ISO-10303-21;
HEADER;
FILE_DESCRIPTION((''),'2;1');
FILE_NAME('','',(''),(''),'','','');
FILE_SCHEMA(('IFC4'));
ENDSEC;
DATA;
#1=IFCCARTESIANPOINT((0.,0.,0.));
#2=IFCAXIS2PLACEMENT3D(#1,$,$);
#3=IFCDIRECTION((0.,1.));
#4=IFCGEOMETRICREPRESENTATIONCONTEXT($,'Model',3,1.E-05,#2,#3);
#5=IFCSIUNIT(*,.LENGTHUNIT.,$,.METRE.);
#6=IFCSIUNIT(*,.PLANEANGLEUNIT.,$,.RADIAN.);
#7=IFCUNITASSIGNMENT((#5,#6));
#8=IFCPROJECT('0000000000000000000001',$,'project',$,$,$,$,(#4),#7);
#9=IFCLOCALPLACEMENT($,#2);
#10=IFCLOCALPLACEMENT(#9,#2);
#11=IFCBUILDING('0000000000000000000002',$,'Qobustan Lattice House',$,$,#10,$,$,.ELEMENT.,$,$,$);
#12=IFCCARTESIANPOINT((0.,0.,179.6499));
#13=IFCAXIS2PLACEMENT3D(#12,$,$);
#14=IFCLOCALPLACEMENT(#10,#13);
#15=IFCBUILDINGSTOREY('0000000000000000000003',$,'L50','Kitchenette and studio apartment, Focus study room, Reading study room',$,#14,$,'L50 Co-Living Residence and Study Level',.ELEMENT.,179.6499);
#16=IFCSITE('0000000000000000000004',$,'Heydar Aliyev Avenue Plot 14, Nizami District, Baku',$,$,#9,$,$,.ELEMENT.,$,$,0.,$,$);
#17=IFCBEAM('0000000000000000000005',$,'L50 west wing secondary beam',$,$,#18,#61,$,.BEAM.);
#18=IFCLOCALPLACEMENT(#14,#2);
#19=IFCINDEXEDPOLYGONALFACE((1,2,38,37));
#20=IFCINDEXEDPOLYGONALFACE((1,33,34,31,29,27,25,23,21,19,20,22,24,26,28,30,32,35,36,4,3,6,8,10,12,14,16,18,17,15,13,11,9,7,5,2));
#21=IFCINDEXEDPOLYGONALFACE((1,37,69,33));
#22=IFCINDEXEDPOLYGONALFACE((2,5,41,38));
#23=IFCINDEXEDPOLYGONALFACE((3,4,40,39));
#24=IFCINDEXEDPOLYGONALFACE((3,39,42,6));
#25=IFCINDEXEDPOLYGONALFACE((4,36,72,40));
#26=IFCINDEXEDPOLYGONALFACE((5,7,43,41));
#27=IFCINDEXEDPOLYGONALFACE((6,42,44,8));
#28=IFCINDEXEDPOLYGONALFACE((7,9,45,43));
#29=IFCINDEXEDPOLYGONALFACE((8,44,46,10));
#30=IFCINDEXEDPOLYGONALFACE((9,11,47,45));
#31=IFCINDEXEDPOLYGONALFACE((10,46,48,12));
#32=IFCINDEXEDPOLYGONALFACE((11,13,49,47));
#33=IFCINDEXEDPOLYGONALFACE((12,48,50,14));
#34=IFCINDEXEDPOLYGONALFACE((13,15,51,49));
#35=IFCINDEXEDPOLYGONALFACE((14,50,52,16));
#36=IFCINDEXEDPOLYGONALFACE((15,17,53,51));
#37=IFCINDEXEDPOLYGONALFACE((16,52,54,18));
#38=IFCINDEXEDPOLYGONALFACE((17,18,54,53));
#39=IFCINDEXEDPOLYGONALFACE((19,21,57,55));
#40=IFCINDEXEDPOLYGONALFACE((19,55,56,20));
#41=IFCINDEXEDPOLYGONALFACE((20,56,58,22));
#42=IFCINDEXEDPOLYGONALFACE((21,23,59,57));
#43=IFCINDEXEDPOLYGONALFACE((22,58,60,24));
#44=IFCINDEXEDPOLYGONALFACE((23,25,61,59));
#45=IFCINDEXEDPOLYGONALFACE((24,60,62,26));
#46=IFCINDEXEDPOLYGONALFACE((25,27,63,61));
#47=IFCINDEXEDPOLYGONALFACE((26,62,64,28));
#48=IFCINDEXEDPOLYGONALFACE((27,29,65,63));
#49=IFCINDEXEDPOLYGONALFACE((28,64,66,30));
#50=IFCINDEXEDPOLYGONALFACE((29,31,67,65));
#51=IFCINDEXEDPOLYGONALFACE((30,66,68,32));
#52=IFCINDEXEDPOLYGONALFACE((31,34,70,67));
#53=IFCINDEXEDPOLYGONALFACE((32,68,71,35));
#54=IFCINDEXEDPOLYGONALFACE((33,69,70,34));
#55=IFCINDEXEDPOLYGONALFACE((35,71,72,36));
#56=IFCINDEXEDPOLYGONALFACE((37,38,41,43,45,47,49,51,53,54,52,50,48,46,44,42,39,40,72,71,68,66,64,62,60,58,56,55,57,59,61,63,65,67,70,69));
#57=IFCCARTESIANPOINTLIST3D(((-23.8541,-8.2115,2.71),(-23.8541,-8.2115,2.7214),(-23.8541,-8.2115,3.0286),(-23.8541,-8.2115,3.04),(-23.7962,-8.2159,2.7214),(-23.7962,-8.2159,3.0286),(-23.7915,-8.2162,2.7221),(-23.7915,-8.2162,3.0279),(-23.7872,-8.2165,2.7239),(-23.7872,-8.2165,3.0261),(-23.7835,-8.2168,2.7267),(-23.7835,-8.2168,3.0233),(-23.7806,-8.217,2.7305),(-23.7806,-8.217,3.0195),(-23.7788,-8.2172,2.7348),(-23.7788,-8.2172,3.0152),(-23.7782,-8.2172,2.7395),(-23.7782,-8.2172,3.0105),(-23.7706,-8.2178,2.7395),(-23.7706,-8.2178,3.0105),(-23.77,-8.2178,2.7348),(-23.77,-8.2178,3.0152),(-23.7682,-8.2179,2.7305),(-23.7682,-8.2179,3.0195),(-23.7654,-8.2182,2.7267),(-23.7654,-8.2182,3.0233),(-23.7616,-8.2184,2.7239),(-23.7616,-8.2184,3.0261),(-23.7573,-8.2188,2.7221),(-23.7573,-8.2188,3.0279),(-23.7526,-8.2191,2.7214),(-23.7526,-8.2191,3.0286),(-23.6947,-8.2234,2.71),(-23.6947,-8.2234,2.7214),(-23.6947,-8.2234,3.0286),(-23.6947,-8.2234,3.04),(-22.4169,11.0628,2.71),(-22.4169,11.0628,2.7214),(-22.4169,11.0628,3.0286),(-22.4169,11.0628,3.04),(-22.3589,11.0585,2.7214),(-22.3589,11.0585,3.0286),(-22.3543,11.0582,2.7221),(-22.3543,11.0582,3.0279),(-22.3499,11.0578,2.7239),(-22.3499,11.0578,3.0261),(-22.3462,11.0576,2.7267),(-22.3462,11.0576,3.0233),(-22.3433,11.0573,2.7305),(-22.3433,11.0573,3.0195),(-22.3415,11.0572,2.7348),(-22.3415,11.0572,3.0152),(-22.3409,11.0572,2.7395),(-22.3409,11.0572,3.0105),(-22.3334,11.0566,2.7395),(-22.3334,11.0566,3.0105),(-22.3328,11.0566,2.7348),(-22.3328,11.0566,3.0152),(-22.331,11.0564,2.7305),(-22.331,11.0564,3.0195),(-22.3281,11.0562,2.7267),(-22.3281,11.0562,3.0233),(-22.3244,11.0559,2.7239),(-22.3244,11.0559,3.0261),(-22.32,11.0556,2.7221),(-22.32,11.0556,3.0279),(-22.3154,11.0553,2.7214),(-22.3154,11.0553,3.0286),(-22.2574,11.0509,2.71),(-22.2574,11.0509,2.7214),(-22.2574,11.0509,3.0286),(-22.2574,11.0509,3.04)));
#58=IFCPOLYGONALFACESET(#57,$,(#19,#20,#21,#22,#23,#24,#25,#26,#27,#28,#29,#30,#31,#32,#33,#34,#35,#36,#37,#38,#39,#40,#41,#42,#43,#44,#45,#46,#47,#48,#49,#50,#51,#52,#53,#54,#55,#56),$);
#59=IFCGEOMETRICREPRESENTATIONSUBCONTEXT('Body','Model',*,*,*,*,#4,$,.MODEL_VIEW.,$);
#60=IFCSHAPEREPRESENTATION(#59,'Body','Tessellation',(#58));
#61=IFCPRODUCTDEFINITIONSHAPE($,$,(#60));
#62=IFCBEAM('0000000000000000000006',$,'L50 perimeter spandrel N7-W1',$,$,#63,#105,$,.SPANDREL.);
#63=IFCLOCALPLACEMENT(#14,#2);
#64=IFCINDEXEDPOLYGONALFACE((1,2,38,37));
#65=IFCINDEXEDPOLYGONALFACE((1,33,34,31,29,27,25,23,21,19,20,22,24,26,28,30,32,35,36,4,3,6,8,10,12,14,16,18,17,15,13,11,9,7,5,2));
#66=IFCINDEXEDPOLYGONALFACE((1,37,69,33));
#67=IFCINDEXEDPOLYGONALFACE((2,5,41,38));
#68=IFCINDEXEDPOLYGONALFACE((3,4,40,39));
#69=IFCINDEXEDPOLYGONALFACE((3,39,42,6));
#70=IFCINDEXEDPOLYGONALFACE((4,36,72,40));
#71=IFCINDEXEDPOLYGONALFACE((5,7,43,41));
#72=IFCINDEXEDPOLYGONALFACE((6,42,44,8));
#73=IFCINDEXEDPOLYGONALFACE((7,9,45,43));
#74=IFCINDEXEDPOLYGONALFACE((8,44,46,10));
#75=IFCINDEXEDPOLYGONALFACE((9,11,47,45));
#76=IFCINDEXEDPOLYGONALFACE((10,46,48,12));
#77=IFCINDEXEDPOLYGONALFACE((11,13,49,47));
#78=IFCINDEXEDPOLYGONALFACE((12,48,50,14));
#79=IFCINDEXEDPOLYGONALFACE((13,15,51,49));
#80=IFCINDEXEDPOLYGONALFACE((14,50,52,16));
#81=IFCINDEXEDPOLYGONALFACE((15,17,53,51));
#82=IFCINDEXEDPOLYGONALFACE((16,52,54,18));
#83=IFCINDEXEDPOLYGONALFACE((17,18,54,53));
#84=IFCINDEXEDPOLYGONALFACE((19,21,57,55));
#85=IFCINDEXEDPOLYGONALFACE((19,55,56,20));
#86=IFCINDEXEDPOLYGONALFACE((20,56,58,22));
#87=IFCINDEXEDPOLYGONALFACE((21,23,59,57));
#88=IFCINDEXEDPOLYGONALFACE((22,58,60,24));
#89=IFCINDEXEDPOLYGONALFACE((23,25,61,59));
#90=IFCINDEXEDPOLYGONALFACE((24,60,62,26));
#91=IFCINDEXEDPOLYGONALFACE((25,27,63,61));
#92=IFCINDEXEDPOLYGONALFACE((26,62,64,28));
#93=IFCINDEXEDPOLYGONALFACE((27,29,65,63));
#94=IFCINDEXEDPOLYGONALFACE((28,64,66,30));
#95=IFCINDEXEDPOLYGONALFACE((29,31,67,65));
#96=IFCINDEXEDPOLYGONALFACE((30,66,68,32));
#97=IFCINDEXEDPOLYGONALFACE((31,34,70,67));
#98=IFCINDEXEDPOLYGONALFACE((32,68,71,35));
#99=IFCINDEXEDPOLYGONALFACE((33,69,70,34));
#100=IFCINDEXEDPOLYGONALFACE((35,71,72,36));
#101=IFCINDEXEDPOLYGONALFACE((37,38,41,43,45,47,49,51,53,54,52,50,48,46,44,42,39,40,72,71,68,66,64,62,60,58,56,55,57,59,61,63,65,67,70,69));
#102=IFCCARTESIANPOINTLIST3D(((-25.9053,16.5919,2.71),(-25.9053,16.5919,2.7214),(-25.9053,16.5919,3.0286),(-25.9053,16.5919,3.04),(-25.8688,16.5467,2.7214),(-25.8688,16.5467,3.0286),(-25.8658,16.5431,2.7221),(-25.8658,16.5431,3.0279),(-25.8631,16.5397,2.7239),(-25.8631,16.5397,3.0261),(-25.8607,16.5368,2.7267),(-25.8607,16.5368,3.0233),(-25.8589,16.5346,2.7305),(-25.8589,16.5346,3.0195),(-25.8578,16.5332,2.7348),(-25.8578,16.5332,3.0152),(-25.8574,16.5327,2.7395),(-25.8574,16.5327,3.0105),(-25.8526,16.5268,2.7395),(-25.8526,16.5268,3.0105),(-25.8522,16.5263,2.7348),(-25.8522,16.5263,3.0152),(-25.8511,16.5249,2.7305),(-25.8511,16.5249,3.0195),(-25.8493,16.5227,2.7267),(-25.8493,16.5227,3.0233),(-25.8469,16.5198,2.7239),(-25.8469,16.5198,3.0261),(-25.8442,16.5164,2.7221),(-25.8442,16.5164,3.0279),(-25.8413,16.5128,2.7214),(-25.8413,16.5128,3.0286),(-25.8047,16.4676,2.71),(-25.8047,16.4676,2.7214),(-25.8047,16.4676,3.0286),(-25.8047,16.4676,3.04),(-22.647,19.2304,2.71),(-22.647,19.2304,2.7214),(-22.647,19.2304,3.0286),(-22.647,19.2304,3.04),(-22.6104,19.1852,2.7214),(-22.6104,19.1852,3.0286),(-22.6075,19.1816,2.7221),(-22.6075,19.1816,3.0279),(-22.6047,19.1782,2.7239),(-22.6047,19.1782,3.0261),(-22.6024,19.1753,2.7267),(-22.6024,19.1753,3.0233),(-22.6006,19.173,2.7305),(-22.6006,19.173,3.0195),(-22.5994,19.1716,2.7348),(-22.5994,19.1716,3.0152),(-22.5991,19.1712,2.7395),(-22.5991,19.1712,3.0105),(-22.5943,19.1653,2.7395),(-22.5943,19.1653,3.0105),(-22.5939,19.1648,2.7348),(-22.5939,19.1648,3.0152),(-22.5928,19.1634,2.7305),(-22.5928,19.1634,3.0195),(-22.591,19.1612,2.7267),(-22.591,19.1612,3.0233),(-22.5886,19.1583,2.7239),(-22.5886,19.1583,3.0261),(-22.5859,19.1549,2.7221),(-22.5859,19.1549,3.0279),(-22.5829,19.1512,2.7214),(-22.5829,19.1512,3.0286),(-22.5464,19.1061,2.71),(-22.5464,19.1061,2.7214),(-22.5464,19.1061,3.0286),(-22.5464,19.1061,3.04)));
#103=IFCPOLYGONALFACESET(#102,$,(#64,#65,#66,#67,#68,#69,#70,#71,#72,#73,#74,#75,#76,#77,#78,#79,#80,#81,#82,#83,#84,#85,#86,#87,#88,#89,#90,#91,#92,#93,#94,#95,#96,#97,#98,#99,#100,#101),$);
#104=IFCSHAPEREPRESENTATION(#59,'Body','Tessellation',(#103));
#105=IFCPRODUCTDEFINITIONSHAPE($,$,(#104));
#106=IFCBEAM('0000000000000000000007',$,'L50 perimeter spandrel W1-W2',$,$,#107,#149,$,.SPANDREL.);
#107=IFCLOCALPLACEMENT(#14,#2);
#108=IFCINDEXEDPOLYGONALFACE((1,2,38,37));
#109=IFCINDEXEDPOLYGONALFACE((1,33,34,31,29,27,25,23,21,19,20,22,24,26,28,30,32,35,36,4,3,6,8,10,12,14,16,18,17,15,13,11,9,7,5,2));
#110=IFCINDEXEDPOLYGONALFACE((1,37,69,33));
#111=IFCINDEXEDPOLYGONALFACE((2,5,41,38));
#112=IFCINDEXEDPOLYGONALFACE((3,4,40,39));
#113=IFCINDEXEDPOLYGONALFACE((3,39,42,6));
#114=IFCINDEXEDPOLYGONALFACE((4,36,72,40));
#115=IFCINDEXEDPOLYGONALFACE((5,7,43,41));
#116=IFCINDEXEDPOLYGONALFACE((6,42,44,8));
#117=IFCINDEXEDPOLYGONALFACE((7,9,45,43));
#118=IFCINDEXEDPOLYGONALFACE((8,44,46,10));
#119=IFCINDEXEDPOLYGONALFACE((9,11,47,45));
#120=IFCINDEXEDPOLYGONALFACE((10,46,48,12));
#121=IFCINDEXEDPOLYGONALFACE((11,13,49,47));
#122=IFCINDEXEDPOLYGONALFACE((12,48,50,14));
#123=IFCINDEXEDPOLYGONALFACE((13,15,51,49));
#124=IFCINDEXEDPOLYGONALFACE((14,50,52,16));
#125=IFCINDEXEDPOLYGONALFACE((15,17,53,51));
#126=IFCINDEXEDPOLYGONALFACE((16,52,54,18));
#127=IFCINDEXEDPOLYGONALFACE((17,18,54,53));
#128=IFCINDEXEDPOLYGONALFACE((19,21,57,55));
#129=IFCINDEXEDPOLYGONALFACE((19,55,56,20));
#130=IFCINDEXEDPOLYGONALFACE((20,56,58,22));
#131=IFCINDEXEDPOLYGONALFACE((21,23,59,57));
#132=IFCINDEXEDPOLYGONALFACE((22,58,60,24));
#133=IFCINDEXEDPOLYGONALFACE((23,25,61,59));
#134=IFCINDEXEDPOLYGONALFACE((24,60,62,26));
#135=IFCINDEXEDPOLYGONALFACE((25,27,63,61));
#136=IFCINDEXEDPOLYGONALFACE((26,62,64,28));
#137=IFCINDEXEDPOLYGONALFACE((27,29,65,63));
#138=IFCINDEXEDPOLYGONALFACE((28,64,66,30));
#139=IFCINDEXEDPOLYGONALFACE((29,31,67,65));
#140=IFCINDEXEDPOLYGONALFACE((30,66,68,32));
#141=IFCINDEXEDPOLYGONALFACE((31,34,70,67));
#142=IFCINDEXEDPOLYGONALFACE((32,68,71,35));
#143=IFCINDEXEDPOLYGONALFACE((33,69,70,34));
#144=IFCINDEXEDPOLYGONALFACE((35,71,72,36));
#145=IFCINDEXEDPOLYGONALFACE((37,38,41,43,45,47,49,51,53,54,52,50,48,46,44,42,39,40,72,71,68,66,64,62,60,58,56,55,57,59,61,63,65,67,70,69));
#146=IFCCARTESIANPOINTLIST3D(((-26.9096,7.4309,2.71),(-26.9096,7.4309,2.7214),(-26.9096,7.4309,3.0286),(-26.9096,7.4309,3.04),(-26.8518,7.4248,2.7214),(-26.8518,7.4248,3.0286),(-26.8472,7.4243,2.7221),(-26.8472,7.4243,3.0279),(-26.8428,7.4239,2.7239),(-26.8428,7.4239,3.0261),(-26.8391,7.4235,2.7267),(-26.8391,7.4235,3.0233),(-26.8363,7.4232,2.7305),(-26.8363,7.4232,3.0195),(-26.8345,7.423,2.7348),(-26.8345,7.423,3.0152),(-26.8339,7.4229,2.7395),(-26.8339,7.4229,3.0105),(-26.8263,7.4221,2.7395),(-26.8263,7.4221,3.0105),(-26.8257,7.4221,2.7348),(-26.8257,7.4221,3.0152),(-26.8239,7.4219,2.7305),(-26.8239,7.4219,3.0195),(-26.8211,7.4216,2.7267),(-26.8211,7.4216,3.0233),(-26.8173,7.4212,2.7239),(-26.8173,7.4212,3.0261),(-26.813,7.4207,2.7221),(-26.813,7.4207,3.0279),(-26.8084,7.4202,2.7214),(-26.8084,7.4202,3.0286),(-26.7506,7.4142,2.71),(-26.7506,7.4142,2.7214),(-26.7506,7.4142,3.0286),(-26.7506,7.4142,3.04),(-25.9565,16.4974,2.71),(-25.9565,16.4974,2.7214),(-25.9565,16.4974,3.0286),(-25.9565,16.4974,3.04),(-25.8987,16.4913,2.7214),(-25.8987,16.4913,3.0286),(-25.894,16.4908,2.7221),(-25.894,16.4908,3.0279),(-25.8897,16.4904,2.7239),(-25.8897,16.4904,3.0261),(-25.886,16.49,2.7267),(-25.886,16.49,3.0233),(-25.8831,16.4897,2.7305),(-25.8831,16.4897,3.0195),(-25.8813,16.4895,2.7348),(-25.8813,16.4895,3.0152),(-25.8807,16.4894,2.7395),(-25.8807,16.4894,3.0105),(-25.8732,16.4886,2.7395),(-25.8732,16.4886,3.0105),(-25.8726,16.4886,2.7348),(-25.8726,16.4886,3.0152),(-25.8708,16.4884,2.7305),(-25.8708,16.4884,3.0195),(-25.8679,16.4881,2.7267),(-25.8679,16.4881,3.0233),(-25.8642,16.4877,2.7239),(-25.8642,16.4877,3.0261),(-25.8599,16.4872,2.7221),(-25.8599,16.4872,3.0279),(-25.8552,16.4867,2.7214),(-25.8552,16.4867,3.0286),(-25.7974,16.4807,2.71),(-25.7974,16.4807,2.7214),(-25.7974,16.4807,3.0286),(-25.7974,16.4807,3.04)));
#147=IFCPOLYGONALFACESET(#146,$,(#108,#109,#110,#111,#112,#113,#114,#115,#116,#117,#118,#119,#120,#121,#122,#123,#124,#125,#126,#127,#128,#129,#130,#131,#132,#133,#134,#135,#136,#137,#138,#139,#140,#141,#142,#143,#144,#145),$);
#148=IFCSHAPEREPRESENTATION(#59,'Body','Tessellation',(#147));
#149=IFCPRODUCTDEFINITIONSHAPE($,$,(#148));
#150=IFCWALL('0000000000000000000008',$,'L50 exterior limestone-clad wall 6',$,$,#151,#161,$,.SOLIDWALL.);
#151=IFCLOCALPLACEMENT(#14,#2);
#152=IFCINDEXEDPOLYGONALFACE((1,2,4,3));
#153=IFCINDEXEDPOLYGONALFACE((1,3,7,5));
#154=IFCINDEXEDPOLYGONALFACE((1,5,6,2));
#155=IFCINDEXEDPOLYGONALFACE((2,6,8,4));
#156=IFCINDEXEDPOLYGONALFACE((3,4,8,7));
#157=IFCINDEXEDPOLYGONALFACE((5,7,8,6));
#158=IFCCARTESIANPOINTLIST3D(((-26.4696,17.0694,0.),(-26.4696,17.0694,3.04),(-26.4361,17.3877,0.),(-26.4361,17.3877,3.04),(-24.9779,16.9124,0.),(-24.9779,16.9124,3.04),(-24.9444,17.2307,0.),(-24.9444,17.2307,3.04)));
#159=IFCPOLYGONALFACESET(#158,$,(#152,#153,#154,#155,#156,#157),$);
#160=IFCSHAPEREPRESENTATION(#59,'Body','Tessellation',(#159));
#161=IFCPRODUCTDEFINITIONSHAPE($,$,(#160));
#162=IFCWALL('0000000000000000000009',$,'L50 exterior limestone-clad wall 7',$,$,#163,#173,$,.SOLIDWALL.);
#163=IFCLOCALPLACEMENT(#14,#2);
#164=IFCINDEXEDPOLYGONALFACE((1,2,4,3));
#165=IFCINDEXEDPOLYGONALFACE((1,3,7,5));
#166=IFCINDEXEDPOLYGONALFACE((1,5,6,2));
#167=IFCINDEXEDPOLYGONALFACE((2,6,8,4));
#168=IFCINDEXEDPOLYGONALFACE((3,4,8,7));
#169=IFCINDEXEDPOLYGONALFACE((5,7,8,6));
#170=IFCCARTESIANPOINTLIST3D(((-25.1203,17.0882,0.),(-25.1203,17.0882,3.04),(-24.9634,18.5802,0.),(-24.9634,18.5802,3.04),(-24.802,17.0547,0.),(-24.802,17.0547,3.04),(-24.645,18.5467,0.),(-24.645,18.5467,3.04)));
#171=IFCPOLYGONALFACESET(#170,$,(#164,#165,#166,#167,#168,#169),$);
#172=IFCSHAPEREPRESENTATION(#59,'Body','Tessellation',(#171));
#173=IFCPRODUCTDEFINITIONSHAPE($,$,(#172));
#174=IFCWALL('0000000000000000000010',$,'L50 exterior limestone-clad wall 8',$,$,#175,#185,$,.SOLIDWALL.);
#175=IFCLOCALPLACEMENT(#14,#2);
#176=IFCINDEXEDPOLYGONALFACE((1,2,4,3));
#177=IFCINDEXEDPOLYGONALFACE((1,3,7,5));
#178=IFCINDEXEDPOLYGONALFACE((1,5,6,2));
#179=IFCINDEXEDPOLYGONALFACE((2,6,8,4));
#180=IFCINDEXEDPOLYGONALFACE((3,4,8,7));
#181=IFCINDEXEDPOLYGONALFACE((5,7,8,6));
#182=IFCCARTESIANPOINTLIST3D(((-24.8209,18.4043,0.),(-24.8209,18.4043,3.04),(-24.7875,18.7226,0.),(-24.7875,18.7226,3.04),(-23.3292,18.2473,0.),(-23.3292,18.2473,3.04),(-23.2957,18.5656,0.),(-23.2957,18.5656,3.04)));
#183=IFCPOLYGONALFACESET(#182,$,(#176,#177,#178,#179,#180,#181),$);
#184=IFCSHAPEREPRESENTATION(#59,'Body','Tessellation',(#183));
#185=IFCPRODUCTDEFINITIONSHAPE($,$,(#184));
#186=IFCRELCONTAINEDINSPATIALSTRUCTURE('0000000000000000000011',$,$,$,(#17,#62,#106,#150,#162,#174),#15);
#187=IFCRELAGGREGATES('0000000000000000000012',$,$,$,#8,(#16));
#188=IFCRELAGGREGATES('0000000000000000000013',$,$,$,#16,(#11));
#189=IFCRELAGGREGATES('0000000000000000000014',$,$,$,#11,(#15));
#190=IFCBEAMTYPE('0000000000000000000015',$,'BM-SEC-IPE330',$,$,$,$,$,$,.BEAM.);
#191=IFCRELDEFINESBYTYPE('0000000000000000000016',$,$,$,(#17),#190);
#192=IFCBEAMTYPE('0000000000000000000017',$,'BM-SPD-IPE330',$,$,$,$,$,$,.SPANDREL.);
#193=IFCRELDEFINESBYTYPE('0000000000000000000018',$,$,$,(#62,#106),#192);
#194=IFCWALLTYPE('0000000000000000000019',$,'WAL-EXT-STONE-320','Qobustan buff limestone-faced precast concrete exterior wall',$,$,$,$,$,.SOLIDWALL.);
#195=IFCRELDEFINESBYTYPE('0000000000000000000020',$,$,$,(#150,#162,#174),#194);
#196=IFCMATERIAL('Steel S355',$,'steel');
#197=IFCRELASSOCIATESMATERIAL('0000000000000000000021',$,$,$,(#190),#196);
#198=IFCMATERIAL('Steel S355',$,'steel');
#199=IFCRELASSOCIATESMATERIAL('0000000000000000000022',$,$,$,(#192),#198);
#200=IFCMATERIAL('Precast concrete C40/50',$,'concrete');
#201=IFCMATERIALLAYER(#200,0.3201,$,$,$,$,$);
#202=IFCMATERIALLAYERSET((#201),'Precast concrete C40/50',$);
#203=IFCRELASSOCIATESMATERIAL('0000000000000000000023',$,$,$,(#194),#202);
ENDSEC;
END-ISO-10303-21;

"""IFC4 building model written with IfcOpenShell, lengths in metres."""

from ifc_helpers import new_model, si_unit, direction, frame, frame_2d, origin, origin_2d, place, context, subcontext, project, spatial, rectangle, i_section, extrude, material, layer, layer_set, material_profile, profile_set, type_object, element, save


model = new_model("IFC4")

# Units and contexts
model_context = context("Model", 3, precision=1e-05, world=origin(), true_north=direction((0.0, 1.0)))
body_context = subcontext(model_context, "Body", "Model", "MODEL_VIEW")
ifc_project = project(units=[si_unit("LENGTHUNIT", "METRE"), si_unit("PLANEANGLEUNIT", "RADIAN")], contexts=[model_context])

# Site, building, storey
site_placement = place(None, origin())
site = spatial("IfcSite", under=ifc_project, at=site_placement, Name="Heydar Aliyev Avenue Plot 14, Nizami District, Baku", CompositionType="ELEMENT", RefElevation=0.0)
building_placement = place(site_placement, origin())
building = spatial("IfcBuilding", under=site, at=building_placement, Name="Qobustan Lattice House", CompositionType="ELEMENT")
storey_placement = place(building_placement, frame((0.0, 0.0, 179.6499)))
storey = spatial("IfcBuildingStorey", under=building, at=storey_placement, Name="L50", Description="Kitchenette and studio apartment, Focus study room, Reading study room", LongName="L50 Co-Living Residence and Study Level", CompositionType="ELEMENT", Elevation=179.6499)

# Beams
ifc_material_1 = material(Name="Steel S355", Category="steel")
ifc_material_profile_1 = material_profile(ifc_material_1, i_section(OverallWidth=0.1599, OverallDepth=0.3301, WebThickness=0.0076, FlangeThickness=0.0115, FilletRadius=0.0181, at=origin_2d()), Name="IPE330")
ifc_profile_set_1 = profile_set([ifc_material_profile_1], Name="Steel S355")
beam_type_1 = type_object("IfcBeamType", Name="BM-SEC-IPE330", PredefinedType="BEAM", material=ifc_profile_set_1)
beam_1_placement = place(storey_placement, frame((-22.3372, 11.0569, 2.875), z_axis=(-0.074362, -0.997231, 0.0), x_axis=(0.997231, -0.074362, 0.0)))
element("IfcBeam", 1, at=beam_1_placement, inside=storey, type_object=beam_type_1, Name="L50 west wing secondary beam", PredefinedType="BEAM", context=body_context, shape_type="SweptSolid", body=[
    extrude(i_section(OverallWidth=0.1599, OverallDepth=0.3301, WebThickness=0.0076, FlangeThickness=0.0115, FilletRadius=0.0181, at=origin_2d()), origin(), (0.0, 0.0, 1.0), 19.3279),
])
ifc_material_2 = material(Name="Steel S355", Category="steel")
ifc_material_profile_2 = material_profile(ifc_material_2, i_section(OverallWidth=0.1599, OverallDepth=0.3301, WebThickness=0.0076, FlangeThickness=0.0115, FilletRadius=0.0181, at=origin_2d()), Name="IPE330")
ifc_profile_set_2 = profile_set([ifc_material_profile_2], Name="Steel S355")
beam_type_2 = type_object("IfcBeamType", Name="BM-SPD-IPE330", PredefinedType="SPANDREL", material=ifc_profile_set_2)
beam_2_placement = place(storey_placement, frame((-22.5967, 19.1682, 2.875), z_axis=(-0.777157, -0.629307, 0.0), x_axis=(0.629307, -0.777157, 0.0)))
element("IfcBeam", 2, at=beam_2_placement, inside=storey, type_object=beam_type_2, Name="L50 perimeter spandrel N7-W1", PredefinedType="SPANDREL", context=body_context, shape_type="SweptSolid", body=[
    extrude(i_section(OverallWidth=0.1599, OverallDepth=0.3301, WebThickness=0.0076, FlangeThickness=0.0115, FilletRadius=0.0181, at=origin_2d()), origin(), (0.0, 0.0, 1.0), 4.1926),
])
beam_3_placement = place(storey_placement, frame((-25.877, 16.489, 2.875), z_axis=(-0.104551, -0.99452, 0.0), x_axis=(0.99452, -0.104551, 0.0)))
element("IfcBeam", 3, at=beam_3_placement, inside=storey, type_object=beam_type_2, Name="L50 perimeter spandrel W1-W2", PredefinedType="SPANDREL", context=body_context, shape_type="SweptSolid", body=[
    extrude(i_section(OverallWidth=0.1599, OverallDepth=0.3301, WebThickness=0.0076, FlangeThickness=0.0115, FilletRadius=0.0181, at=origin_2d()), origin(), (0.0, 0.0, 1.0), 9.1165),
])

# Walls
ifc_material_3 = material(Name="Precast concrete C40/50", Category="concrete")
ifc_layer_1 = layer(ifc_material_3, 0.3201)
ifc_layer_set_1 = layer_set([ifc_layer_1], Name="Precast concrete C40/50")
wall_type_1 = type_object("IfcWallType", Name="WAL-EXT-STONE-320", Description="Qobustan buff limestone-faced precast concrete exterior wall", PredefinedType="SOLIDWALL", material=ifc_layer_set_1)
wall_1_placement = place(storey_placement, frame((-26.4529, 17.2285, 0.0), z_axis=(0.0, 0.0, 1.0), x_axis=(0.994508, -0.104659, 0.0)))
element("IfcWall", 4, at=wall_1_placement, inside=storey, type_object=wall_type_1, Name="L50 exterior limestone-clad wall 6", PredefinedType="SOLIDWALL", context=body_context, shape_type="SweptSolid", body=[
    extrude(rectangle(XDim=1.5, YDim=0.3201, at=frame_2d((0.75, 0.0))), origin(), (0.0, 0.0, 1.0), 3.04),
])
wall_2_placement = place(storey_placement, frame((-24.9612, 17.0715, 0.0), z_axis=(0.0, 0.0, 1.0), x_axis=(0.104642, 0.99451, 0.0)))
element("IfcWall", 5, at=wall_2_placement, inside=storey, type_object=wall_type_1, Name="L50 exterior limestone-clad wall 7", PredefinedType="SOLIDWALL", context=body_context, shape_type="SweptSolid", body=[
    extrude(rectangle(XDim=1.5002, YDim=0.3201, at=frame_2d((0.75, 0.0))), origin(), (0.0, 0.0, 1.0), 3.04),
])
wall_3_placement = place(storey_placement, frame((-24.8042, 18.5635, 0.0), z_axis=(0.0, 0.0, 1.0), x_axis=(0.994508, -0.104659, 0.0)))
element("IfcWall", 6, at=wall_3_placement, inside=storey, type_object=wall_type_1, Name="L50 exterior limestone-clad wall 8", PredefinedType="SOLIDWALL", context=body_context, shape_type="SweptSolid", body=[
    extrude(rectangle(XDim=1.5, YDim=0.3201, at=frame_2d((0.75, 0.0))), origin(), (0.0, 0.0, 1.0), 3.04),
])

save(model, "model.ifc")
